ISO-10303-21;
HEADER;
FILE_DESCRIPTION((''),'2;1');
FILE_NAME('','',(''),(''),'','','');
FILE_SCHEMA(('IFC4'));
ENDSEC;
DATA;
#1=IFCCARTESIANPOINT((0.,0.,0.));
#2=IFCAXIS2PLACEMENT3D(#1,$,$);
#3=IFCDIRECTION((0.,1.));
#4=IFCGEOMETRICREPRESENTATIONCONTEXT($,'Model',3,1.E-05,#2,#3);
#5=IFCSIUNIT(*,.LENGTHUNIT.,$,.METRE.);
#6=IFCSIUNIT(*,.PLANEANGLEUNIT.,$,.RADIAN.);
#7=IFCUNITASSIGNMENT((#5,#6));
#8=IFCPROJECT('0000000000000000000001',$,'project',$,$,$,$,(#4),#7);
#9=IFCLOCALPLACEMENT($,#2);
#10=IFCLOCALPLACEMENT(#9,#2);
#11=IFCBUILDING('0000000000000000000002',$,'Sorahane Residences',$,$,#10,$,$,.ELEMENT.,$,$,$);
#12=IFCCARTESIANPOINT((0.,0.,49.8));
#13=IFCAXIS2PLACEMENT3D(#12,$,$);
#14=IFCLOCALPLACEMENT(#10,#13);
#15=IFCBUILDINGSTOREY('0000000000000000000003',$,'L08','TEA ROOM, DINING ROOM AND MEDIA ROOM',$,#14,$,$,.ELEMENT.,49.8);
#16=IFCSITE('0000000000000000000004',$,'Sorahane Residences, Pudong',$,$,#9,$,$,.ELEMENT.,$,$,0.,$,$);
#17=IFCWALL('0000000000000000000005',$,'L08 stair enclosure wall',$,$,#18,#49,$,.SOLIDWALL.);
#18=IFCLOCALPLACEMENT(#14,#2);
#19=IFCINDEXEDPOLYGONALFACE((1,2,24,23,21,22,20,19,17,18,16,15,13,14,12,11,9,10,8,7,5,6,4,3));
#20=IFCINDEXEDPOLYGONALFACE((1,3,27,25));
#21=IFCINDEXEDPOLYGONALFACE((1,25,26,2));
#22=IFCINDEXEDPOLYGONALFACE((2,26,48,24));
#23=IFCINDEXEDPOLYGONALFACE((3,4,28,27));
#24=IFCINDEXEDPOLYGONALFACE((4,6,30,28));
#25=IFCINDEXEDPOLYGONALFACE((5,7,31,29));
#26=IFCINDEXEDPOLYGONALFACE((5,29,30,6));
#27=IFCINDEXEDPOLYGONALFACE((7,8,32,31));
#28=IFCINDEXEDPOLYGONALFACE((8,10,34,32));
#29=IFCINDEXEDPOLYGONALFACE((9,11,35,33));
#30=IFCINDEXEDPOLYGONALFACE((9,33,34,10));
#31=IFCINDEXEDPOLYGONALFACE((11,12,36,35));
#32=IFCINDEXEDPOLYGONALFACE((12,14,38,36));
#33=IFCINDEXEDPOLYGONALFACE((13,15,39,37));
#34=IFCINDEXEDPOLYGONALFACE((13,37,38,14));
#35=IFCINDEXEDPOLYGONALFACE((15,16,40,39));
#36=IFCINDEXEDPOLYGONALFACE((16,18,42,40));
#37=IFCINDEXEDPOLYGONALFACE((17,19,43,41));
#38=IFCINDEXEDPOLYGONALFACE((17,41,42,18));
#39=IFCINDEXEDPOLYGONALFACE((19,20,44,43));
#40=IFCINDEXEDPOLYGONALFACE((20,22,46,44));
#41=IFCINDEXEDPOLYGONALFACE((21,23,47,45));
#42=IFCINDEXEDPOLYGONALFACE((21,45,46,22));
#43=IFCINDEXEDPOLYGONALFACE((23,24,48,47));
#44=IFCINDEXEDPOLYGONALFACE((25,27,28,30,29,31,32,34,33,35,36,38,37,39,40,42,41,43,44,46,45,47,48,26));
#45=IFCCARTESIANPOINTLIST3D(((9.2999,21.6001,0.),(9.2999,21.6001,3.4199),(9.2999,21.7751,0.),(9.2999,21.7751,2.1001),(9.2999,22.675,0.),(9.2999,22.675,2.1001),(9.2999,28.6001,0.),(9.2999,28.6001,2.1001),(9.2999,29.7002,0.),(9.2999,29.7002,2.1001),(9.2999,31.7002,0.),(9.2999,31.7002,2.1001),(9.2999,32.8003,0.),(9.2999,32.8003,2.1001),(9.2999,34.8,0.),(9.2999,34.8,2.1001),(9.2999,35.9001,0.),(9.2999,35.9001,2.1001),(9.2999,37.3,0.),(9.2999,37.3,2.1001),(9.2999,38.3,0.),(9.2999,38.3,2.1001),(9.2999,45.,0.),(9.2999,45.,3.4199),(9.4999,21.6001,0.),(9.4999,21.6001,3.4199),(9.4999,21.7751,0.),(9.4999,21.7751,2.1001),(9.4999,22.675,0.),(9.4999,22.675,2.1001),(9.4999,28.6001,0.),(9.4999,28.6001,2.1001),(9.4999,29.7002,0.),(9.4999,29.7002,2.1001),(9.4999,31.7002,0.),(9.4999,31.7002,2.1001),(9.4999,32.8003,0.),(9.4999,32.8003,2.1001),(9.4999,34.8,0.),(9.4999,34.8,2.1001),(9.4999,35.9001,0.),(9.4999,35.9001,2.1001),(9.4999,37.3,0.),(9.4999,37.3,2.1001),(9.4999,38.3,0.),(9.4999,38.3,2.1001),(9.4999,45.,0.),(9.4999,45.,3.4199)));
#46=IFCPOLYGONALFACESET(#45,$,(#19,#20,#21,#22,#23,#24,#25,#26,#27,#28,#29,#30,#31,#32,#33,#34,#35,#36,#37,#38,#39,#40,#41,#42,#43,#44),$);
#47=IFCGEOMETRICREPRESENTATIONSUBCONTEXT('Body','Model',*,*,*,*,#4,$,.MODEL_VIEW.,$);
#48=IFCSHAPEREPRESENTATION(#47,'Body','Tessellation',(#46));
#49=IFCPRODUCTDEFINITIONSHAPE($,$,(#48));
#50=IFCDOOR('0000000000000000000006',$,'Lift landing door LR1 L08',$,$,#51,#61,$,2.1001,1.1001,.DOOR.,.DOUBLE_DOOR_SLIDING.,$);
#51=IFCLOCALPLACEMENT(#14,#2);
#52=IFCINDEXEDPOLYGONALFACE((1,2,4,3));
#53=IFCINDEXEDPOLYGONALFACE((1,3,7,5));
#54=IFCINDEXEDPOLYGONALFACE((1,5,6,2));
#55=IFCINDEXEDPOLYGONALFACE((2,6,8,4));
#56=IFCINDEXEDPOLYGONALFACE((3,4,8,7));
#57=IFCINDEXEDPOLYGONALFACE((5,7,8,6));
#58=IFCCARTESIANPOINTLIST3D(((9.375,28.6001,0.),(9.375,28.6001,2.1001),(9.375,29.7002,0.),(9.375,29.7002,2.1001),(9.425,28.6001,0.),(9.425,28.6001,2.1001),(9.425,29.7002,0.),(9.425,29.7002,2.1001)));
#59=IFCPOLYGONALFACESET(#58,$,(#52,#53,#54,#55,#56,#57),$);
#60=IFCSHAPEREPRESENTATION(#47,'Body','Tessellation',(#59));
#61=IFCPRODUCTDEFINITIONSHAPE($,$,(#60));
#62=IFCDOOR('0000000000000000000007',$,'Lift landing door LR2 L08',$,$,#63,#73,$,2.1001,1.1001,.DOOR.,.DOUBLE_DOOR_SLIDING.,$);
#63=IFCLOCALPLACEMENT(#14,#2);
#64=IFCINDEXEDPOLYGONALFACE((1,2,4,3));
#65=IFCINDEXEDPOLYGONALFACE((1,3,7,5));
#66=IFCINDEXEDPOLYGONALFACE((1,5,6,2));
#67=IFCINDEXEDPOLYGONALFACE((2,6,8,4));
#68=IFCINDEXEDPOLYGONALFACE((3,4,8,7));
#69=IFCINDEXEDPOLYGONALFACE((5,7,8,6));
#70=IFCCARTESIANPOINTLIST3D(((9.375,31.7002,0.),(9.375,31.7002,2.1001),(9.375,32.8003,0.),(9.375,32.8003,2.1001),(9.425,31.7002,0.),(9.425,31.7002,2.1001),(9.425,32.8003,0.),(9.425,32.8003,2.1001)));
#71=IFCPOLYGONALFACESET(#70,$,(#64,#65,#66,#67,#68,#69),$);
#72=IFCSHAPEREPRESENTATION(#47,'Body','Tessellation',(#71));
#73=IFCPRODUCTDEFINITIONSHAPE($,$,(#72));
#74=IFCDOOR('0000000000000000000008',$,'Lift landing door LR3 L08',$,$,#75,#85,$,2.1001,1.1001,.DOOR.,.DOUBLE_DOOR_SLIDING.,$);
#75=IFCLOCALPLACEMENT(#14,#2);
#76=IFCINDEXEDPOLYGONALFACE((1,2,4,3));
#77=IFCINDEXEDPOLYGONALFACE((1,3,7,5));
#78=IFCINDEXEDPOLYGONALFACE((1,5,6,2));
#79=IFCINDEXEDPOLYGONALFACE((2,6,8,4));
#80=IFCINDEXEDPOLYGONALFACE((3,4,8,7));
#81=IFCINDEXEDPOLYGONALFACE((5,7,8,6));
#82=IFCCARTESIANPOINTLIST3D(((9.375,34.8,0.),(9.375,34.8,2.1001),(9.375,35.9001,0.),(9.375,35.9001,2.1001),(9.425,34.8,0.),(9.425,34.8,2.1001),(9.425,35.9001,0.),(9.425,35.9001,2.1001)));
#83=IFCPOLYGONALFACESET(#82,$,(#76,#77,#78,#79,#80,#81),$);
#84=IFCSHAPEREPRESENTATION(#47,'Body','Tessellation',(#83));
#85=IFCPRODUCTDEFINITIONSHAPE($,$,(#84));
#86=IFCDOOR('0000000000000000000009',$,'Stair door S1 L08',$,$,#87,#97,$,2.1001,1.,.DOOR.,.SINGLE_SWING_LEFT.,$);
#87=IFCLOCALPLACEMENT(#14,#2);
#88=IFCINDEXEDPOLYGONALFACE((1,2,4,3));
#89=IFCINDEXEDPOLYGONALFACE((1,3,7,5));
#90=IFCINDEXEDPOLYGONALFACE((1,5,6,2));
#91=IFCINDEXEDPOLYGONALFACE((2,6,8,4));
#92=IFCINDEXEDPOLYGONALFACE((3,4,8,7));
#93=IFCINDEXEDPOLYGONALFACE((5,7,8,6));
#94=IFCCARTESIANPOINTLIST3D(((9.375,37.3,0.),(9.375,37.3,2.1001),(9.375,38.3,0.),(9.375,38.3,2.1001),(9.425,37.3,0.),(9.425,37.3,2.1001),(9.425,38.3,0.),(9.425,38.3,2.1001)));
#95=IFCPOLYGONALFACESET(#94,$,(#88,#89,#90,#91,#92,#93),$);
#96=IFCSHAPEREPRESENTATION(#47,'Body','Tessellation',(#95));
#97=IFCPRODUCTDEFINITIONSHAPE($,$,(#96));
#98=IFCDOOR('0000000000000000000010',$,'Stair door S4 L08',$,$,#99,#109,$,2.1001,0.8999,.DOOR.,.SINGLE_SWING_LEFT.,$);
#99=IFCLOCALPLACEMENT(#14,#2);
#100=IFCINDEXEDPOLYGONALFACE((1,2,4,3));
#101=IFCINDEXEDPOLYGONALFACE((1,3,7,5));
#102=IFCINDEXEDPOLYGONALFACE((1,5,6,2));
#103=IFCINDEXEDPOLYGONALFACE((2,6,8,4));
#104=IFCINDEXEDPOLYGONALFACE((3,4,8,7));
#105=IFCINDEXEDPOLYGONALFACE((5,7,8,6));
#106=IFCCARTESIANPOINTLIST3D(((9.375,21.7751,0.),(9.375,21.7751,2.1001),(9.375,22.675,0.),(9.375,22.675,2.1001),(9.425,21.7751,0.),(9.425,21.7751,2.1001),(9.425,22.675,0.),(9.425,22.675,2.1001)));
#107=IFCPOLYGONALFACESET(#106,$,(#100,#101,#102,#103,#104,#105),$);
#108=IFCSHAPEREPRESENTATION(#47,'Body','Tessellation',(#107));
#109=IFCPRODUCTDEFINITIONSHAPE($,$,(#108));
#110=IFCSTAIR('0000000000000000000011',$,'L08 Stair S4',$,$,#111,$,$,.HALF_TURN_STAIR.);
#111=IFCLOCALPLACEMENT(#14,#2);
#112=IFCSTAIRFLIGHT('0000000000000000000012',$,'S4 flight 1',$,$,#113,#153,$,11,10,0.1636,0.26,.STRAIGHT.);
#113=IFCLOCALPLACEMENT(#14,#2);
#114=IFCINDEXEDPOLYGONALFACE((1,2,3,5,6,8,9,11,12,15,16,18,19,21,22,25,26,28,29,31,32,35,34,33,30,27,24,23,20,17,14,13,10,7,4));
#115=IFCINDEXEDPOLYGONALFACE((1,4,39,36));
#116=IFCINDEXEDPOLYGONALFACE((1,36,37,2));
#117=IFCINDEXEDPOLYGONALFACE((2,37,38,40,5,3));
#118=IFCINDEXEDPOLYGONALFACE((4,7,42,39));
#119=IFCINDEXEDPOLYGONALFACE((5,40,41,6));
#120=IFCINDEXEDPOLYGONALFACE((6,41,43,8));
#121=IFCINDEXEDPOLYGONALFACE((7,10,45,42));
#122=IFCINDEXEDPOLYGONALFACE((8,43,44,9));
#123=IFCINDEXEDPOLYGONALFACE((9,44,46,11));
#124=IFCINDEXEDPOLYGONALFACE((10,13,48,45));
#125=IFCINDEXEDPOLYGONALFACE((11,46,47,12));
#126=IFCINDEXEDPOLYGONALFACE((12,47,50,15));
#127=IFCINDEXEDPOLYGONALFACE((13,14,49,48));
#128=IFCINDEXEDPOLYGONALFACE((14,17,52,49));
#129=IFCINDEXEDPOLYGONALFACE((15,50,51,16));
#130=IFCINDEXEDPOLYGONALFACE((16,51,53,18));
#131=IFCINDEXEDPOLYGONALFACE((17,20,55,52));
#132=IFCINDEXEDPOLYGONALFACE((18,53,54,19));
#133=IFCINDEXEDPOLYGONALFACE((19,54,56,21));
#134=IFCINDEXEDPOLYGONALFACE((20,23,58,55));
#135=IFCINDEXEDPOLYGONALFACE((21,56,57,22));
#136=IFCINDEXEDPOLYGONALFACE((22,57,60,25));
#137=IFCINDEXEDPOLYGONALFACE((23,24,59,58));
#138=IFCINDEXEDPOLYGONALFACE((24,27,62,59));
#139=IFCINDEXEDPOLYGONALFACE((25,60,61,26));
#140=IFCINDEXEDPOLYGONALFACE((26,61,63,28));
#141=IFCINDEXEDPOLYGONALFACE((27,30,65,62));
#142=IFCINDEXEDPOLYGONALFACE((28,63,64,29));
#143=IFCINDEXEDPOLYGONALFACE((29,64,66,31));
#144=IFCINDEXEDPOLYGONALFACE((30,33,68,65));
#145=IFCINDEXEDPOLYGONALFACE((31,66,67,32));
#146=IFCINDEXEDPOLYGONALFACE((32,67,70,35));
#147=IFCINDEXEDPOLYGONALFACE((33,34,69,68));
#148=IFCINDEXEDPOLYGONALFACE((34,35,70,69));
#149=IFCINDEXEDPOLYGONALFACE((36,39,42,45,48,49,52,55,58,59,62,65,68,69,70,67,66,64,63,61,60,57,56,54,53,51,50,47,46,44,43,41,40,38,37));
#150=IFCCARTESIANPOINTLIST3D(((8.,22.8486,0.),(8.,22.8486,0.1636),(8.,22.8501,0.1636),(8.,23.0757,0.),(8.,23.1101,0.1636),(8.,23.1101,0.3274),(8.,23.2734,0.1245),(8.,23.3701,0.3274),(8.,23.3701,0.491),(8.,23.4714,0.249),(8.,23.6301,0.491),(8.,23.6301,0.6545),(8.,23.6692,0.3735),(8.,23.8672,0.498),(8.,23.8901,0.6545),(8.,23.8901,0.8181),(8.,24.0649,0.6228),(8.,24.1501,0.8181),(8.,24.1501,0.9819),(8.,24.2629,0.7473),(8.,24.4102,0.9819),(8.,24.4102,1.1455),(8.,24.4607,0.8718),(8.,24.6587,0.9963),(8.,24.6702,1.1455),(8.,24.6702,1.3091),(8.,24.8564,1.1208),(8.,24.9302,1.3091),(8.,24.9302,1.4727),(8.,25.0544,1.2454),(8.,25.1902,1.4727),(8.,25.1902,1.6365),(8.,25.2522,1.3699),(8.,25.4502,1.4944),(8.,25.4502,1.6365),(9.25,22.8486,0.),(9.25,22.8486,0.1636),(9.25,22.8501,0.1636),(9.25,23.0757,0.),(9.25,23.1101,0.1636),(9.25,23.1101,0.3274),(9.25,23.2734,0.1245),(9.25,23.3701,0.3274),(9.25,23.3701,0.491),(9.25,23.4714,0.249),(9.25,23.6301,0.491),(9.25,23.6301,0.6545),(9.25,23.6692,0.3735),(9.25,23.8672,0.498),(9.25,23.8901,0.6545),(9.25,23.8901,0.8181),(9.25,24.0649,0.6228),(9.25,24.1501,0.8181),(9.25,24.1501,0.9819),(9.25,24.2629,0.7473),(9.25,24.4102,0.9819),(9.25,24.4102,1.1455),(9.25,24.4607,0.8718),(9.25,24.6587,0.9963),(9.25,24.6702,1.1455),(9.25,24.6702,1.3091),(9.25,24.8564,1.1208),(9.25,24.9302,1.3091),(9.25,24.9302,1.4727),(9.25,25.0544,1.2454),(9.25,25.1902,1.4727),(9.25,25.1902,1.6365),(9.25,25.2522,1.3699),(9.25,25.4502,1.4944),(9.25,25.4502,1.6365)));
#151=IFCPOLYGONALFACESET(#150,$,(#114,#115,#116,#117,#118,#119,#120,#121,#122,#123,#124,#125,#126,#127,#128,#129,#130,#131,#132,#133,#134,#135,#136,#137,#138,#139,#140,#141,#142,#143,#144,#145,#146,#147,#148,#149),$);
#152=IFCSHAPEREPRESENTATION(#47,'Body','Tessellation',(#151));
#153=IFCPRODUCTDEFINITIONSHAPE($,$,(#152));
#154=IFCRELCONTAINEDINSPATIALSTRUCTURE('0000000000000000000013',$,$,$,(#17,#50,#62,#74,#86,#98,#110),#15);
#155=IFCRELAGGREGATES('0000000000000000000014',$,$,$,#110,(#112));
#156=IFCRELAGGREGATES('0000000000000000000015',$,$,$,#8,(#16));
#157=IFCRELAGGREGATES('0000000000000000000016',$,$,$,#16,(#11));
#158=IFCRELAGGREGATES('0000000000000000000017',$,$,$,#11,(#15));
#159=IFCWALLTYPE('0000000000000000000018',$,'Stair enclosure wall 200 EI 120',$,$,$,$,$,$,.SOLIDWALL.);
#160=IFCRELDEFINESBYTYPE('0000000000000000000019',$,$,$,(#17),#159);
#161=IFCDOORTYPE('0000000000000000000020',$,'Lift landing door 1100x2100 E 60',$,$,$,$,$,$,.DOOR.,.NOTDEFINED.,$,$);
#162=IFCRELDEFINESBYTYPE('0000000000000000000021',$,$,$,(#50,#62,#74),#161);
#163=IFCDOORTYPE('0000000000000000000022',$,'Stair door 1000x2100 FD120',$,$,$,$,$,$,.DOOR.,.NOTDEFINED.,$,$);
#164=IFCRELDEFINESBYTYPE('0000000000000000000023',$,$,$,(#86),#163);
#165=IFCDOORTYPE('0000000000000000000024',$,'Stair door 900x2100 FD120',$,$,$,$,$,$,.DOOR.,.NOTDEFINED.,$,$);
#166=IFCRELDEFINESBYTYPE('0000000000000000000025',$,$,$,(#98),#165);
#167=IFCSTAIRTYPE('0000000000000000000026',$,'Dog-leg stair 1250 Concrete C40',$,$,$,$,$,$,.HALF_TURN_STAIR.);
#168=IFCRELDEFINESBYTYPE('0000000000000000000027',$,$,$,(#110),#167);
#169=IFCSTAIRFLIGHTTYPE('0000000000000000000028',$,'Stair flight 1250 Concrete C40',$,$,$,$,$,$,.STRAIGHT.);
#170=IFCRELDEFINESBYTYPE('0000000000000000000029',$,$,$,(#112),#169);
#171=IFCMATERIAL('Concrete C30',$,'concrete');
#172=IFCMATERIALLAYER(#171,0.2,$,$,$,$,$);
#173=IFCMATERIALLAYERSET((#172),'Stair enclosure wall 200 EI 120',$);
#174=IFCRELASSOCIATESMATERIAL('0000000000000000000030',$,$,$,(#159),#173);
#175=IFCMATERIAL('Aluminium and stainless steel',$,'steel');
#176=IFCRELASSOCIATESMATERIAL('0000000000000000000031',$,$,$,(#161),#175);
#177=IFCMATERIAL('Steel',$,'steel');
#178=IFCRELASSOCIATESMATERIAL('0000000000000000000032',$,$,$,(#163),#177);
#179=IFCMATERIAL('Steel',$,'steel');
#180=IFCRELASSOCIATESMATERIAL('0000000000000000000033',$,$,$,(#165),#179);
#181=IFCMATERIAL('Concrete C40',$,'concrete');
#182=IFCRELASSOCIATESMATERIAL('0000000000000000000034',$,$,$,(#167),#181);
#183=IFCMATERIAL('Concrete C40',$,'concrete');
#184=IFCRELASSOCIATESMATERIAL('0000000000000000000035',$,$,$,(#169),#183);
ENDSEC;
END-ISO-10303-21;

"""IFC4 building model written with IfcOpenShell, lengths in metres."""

from ifc_helpers import new_model, si_unit, direction, frame, frame_2d, origin, place, context, subcontext, project, spatial, polyline, rectangle, outline, extrude, material, layer, layer_set, type_object, element, fill, aggregate, save


model = new_model("IFC4")

# Units and contexts
model_context = context("Model", 3, precision=1e-05, world=origin(), true_north=direction((0.0, 1.0)))
body_context = subcontext(model_context, "Body", "Model", "MODEL_VIEW")
ifc_project = project(units=[si_unit("LENGTHUNIT", "METRE"), si_unit("PLANEANGLEUNIT", "RADIAN")], contexts=[model_context])

# Site, building, storey
site_placement = place(None, origin())
site = spatial("IfcSite", under=ifc_project, at=site_placement, Name="Sorahane Residences, Pudong", CompositionType="ELEMENT", RefElevation=0.0)
building_placement = place(site_placement, origin())
building = spatial("IfcBuilding", under=site, at=building_placement, Name="Sorahane Residences", CompositionType="ELEMENT")
storey_placement = place(building_placement, frame((0.0, 0.0, 49.8)))
storey = spatial("IfcBuildingStorey", under=building, at=storey_placement, Name="L08", Description="TEA ROOM, DINING ROOM AND MEDIA ROOM", CompositionType="ELEMENT", Elevation=49.8)

# Wall, openings, doors
ifc_material_1 = material(Name="Concrete C30", Category="concrete")
ifc_layer_1 = layer(ifc_material_1, 0.2)
ifc_layer_set_1 = layer_set([ifc_layer_1], Name="Stair enclosure wall 200 EI 120")
wall_type_1 = type_object("IfcWallType", Name="Stair enclosure wall 200 EI 120", PredefinedType="SOLIDWALL", material=ifc_layer_set_1)
wall_1_placement = place(storey_placement, frame((9.3999, 21.6001, 0.0), z_axis=(0.0, 0.0, 1.0), x_axis=(0.0, 1.0, 0.0)))
wall_1 = element("IfcWall", 1, at=wall_1_placement, inside=storey, type_object=wall_type_1, Name="L08 stair enclosure wall", PredefinedType="SOLIDWALL", context=body_context, shape_type="SweptSolid", body=[
    extrude(rectangle(XDim=23.3999, YDim=0.2, at=frame_2d((11.7, 0.0))), origin(), (0.0, 0.0, 1.0), 3.4199),
])
opening_1_placement = place(wall_1_placement, frame((7.0, 0.0, 0.0)))
opening_1 = element("IfcOpeningElement", 2, at=opening_1_placement, cuts=wall_1, PredefinedType="OPENING", context=body_context, shape_type="SweptSolid", body=[
    extrude(rectangle(XDim=1.1001, YDim=2.1001, at=frame_2d((0.55, 1.05))), frame((0.0, 0.1099, 0.0), z_axis=(0.0, -1.0, 0.0), x_axis=(1.0, 0.0, 0.0)), (0.0, 0.0, 1.0), 0.22),
])
opening_2_placement = place(wall_1_placement, frame((10.1001, 0.0, 0.0)))
opening_2 = element("IfcOpeningElement", 3, at=opening_2_placement, cuts=wall_1, PredefinedType="OPENING", context=body_context, shape_type="SweptSolid", body=[
    extrude(rectangle(XDim=1.1001, YDim=2.1001, at=frame_2d((0.55, 1.05))), frame((0.0, 0.1099, 0.0), z_axis=(0.0, -1.0, 0.0), x_axis=(1.0, 0.0, 0.0)), (0.0, 0.0, 1.0), 0.22),
])
opening_3_placement = place(wall_1_placement, frame((13.2, 0.0, 0.0)))
opening_3 = element("IfcOpeningElement", 4, at=opening_3_placement, cuts=wall_1, PredefinedType="OPENING", context=body_context, shape_type="SweptSolid", body=[
    extrude(rectangle(XDim=1.1001, YDim=2.1001, at=frame_2d((0.55, 1.05))), frame((0.0, 0.1099, 0.0), z_axis=(0.0, -1.0, 0.0), x_axis=(1.0, 0.0, 0.0)), (0.0, 0.0, 1.0), 0.22),
])
opening_4_placement = place(wall_1_placement, frame((15.7, 0.0, 0.0)))
opening_4 = element("IfcOpeningElement", 5, at=opening_4_placement, cuts=wall_1, PredefinedType="OPENING", context=body_context, shape_type="SweptSolid", body=[
    extrude(rectangle(XDim=1.0, YDim=2.1001, at=frame_2d((0.5, 1.05))), frame((0.0, 0.1099, 0.0), z_axis=(0.0, -1.0, 0.0), x_axis=(1.0, 0.0, 0.0)), (0.0, 0.0, 1.0), 0.22),
])
opening_5_placement = place(wall_1_placement, frame((0.175, 0.0, 0.0)))
opening_5 = element("IfcOpeningElement", 6, at=opening_5_placement, cuts=wall_1, PredefinedType="OPENING", context=body_context, shape_type="SweptSolid", body=[
    extrude(rectangle(XDim=0.8999, YDim=2.1001, at=frame_2d((0.45, 1.05))), frame((0.0, 0.1099, 0.0), z_axis=(0.0, -1.0, 0.0), x_axis=(1.0, 0.0, 0.0)), (0.0, 0.0, 1.0), 0.22),
])
ifc_material_2 = material(Name="Aluminium and stainless steel", Category="steel")
door_type_1 = type_object("IfcDoorType", Name="Lift landing door 1100x2100 E 60", OperationType="NOTDEFINED", PredefinedType="DOOR", material=ifc_material_2)
door_1_placement = place(opening_1_placement, origin())
door_1 = element("IfcDoor", 7, at=door_1_placement, inside=storey, type_object=door_type_1, Name="Lift landing door LR1 L08", OperationType="DOUBLE_DOOR_SLIDING", OverallHeight=2.1001, OverallWidth=1.1001, PredefinedType="DOOR", context=body_context, shape_type="SweptSolid", body=[
    extrude(rectangle(XDim=1.1001, YDim=2.1001, at=frame_2d((0.55, 1.05))), frame((0.0, 0.0249, 0.0), z_axis=(0.0, -1.0, 0.0), x_axis=(1.0, 0.0, 0.0)), (0.0, 0.0, 1.0), 0.05),
])
fill(opening_1, door_1)
door_2_placement = place(opening_2_placement, origin())
door_2 = element("IfcDoor", 8, at=door_2_placement, inside=storey, type_object=door_type_1, Name="Lift landing door LR2 L08", OperationType="DOUBLE_DOOR_SLIDING", OverallHeight=2.1001, OverallWidth=1.1001, PredefinedType="DOOR", context=body_context, shape_type="SweptSolid", body=[
    extrude(rectangle(XDim=1.1001, YDim=2.1001, at=frame_2d((0.55, 1.05))), frame((0.0, 0.0249, 0.0), z_axis=(0.0, -1.0, 0.0), x_axis=(1.0, 0.0, 0.0)), (0.0, 0.0, 1.0), 0.05),
])
fill(opening_2, door_2)
door_3_placement = place(opening_3_placement, origin())
door_3 = element("IfcDoor", 9, at=door_3_placement, inside=storey, type_object=door_type_1, Name="Lift landing door LR3 L08", OperationType="DOUBLE_DOOR_SLIDING", OverallHeight=2.1001, OverallWidth=1.1001, PredefinedType="DOOR", context=body_context, shape_type="SweptSolid", body=[
    extrude(rectangle(XDim=1.1001, YDim=2.1001, at=frame_2d((0.55, 1.05))), frame((0.0, 0.0249, 0.0), z_axis=(0.0, -1.0, 0.0), x_axis=(1.0, 0.0, 0.0)), (0.0, 0.0, 1.0), 0.05),
])
fill(opening_3, door_3)
ifc_material_3 = material(Name="Steel", Category="steel")
door_type_2 = type_object("IfcDoorType", Name="Stair door 1000x2100 FD120", OperationType="NOTDEFINED", PredefinedType="DOOR", material=ifc_material_3)
door_4_placement = place(opening_4_placement, origin())
door_4 = element("IfcDoor", 10, at=door_4_placement, inside=storey, type_object=door_type_2, Name="Stair door S1 L08", OperationType="SINGLE_SWING_LEFT", OverallHeight=2.1001, OverallWidth=1.0, PredefinedType="DOOR", context=body_context, shape_type="SweptSolid", body=[
    extrude(rectangle(XDim=1.0, YDim=2.1001, at=frame_2d((0.5, 1.05))), frame((0.0, 0.0249, 0.0), z_axis=(0.0, -1.0, 0.0), x_axis=(1.0, 0.0, 0.0)), (0.0, 0.0, 1.0), 0.05),
])
fill(opening_4, door_4)
ifc_material_4 = material(Name="Steel", Category="steel")
door_type_3 = type_object("IfcDoorType", Name="Stair door 900x2100 FD120", OperationType="NOTDEFINED", PredefinedType="DOOR", material=ifc_material_4)
door_5_placement = place(opening_5_placement, origin())
door_5 = element("IfcDoor", 11, at=door_5_placement, inside=storey, type_object=door_type_3, Name="Stair door S4 L08", OperationType="SINGLE_SWING_LEFT", OverallHeight=2.1001, OverallWidth=0.8999, PredefinedType="DOOR", context=body_context, shape_type="SweptSolid", body=[
    extrude(rectangle(XDim=0.8999, YDim=2.1001, at=frame_2d((0.45, 1.05))), frame((0.0, 0.0249, 0.0), z_axis=(0.0, -1.0, 0.0), x_axis=(1.0, 0.0, 0.0)), (0.0, 0.0, 1.0), 0.05),
])
fill(opening_5, door_5)

# Stair, stair flight
ifc_material_5 = material(Name="Concrete C40", Category="concrete")
stair_type = type_object("IfcStairType", Name="Dog-leg stair 1250 Concrete C40", PredefinedType="HALF_TURN_STAIR", material=ifc_material_5)
stair_placement = place(storey_placement, origin())
stair = element("IfcStair", 12, at=stair_placement, inside=storey, type_object=stair_type, Name="L08 Stair S4", PredefinedType="HALF_TURN_STAIR")
ifc_material_6 = material(Name="Concrete C40", Category="concrete")
stair_flight_type = type_object("IfcStairFlightType", Name="Stair flight 1250 Concrete C40", PredefinedType="STRAIGHT", material=ifc_material_6)
stair_flight_placement = place(storey_placement, frame((8.625, 22.8501, 0.0), z_axis=(0.0, 0.0, 1.0), x_axis=(0.0, 1.0, 0.0)))
stair_flight = element("IfcStairFlight", 13, at=stair_flight_placement, type_object=stair_flight_type, Name="S4 flight 1", NumberOfRisers=11, NumberOfTreads=10, PredefinedType="STRAIGHT", RiserHeight=0.1636, TreadLength=0.26, context=body_context, shape_type="SweptSolid", body=[
    extrude(outline(polyline([(-0.0015, 0.0), (-0.0015, 0.1636), (0.0, 0.1636), (0.26, 0.1636), (0.26, 0.3274), (0.52, 0.3274), (0.52, 0.491), (0.78, 0.491), (0.78, 0.6545), (1.04, 0.6545), (1.04, 0.8181), (1.3, 0.8181), (1.3, 0.9819), (1.5601, 0.9819), (1.5601, 1.1455), (1.8201, 1.1455), (1.8201, 1.3091), (2.0801, 1.3091), (2.0801, 1.4727), (2.3401, 1.4727), (2.3401, 1.6365), (2.6001, 1.6365), (2.6001, 1.8), (2.6001, 1.4944), (2.4021, 1.3699), (2.2043, 1.2454), (2.0063, 1.1208), (1.8086, 0.9963), (1.6106, 0.8718), (1.4128, 0.7473), (1.2148, 0.6228), (1.0171, 0.498), (0.8191, 0.3735), (0.6213, 0.249), (0.4233, 0.1245), (0.2256, 0.0), (-0.0015, 0.0)])), frame((0.0, 0.625, 0.0), z_axis=(0.0, -1.0, 0.0), x_axis=(1.0, 0.0, 0.0)), (0.0, 0.0, 1.0), 1.25),
])
aggregate(stair, [stair_flight])

save(model, "model.ifc")
